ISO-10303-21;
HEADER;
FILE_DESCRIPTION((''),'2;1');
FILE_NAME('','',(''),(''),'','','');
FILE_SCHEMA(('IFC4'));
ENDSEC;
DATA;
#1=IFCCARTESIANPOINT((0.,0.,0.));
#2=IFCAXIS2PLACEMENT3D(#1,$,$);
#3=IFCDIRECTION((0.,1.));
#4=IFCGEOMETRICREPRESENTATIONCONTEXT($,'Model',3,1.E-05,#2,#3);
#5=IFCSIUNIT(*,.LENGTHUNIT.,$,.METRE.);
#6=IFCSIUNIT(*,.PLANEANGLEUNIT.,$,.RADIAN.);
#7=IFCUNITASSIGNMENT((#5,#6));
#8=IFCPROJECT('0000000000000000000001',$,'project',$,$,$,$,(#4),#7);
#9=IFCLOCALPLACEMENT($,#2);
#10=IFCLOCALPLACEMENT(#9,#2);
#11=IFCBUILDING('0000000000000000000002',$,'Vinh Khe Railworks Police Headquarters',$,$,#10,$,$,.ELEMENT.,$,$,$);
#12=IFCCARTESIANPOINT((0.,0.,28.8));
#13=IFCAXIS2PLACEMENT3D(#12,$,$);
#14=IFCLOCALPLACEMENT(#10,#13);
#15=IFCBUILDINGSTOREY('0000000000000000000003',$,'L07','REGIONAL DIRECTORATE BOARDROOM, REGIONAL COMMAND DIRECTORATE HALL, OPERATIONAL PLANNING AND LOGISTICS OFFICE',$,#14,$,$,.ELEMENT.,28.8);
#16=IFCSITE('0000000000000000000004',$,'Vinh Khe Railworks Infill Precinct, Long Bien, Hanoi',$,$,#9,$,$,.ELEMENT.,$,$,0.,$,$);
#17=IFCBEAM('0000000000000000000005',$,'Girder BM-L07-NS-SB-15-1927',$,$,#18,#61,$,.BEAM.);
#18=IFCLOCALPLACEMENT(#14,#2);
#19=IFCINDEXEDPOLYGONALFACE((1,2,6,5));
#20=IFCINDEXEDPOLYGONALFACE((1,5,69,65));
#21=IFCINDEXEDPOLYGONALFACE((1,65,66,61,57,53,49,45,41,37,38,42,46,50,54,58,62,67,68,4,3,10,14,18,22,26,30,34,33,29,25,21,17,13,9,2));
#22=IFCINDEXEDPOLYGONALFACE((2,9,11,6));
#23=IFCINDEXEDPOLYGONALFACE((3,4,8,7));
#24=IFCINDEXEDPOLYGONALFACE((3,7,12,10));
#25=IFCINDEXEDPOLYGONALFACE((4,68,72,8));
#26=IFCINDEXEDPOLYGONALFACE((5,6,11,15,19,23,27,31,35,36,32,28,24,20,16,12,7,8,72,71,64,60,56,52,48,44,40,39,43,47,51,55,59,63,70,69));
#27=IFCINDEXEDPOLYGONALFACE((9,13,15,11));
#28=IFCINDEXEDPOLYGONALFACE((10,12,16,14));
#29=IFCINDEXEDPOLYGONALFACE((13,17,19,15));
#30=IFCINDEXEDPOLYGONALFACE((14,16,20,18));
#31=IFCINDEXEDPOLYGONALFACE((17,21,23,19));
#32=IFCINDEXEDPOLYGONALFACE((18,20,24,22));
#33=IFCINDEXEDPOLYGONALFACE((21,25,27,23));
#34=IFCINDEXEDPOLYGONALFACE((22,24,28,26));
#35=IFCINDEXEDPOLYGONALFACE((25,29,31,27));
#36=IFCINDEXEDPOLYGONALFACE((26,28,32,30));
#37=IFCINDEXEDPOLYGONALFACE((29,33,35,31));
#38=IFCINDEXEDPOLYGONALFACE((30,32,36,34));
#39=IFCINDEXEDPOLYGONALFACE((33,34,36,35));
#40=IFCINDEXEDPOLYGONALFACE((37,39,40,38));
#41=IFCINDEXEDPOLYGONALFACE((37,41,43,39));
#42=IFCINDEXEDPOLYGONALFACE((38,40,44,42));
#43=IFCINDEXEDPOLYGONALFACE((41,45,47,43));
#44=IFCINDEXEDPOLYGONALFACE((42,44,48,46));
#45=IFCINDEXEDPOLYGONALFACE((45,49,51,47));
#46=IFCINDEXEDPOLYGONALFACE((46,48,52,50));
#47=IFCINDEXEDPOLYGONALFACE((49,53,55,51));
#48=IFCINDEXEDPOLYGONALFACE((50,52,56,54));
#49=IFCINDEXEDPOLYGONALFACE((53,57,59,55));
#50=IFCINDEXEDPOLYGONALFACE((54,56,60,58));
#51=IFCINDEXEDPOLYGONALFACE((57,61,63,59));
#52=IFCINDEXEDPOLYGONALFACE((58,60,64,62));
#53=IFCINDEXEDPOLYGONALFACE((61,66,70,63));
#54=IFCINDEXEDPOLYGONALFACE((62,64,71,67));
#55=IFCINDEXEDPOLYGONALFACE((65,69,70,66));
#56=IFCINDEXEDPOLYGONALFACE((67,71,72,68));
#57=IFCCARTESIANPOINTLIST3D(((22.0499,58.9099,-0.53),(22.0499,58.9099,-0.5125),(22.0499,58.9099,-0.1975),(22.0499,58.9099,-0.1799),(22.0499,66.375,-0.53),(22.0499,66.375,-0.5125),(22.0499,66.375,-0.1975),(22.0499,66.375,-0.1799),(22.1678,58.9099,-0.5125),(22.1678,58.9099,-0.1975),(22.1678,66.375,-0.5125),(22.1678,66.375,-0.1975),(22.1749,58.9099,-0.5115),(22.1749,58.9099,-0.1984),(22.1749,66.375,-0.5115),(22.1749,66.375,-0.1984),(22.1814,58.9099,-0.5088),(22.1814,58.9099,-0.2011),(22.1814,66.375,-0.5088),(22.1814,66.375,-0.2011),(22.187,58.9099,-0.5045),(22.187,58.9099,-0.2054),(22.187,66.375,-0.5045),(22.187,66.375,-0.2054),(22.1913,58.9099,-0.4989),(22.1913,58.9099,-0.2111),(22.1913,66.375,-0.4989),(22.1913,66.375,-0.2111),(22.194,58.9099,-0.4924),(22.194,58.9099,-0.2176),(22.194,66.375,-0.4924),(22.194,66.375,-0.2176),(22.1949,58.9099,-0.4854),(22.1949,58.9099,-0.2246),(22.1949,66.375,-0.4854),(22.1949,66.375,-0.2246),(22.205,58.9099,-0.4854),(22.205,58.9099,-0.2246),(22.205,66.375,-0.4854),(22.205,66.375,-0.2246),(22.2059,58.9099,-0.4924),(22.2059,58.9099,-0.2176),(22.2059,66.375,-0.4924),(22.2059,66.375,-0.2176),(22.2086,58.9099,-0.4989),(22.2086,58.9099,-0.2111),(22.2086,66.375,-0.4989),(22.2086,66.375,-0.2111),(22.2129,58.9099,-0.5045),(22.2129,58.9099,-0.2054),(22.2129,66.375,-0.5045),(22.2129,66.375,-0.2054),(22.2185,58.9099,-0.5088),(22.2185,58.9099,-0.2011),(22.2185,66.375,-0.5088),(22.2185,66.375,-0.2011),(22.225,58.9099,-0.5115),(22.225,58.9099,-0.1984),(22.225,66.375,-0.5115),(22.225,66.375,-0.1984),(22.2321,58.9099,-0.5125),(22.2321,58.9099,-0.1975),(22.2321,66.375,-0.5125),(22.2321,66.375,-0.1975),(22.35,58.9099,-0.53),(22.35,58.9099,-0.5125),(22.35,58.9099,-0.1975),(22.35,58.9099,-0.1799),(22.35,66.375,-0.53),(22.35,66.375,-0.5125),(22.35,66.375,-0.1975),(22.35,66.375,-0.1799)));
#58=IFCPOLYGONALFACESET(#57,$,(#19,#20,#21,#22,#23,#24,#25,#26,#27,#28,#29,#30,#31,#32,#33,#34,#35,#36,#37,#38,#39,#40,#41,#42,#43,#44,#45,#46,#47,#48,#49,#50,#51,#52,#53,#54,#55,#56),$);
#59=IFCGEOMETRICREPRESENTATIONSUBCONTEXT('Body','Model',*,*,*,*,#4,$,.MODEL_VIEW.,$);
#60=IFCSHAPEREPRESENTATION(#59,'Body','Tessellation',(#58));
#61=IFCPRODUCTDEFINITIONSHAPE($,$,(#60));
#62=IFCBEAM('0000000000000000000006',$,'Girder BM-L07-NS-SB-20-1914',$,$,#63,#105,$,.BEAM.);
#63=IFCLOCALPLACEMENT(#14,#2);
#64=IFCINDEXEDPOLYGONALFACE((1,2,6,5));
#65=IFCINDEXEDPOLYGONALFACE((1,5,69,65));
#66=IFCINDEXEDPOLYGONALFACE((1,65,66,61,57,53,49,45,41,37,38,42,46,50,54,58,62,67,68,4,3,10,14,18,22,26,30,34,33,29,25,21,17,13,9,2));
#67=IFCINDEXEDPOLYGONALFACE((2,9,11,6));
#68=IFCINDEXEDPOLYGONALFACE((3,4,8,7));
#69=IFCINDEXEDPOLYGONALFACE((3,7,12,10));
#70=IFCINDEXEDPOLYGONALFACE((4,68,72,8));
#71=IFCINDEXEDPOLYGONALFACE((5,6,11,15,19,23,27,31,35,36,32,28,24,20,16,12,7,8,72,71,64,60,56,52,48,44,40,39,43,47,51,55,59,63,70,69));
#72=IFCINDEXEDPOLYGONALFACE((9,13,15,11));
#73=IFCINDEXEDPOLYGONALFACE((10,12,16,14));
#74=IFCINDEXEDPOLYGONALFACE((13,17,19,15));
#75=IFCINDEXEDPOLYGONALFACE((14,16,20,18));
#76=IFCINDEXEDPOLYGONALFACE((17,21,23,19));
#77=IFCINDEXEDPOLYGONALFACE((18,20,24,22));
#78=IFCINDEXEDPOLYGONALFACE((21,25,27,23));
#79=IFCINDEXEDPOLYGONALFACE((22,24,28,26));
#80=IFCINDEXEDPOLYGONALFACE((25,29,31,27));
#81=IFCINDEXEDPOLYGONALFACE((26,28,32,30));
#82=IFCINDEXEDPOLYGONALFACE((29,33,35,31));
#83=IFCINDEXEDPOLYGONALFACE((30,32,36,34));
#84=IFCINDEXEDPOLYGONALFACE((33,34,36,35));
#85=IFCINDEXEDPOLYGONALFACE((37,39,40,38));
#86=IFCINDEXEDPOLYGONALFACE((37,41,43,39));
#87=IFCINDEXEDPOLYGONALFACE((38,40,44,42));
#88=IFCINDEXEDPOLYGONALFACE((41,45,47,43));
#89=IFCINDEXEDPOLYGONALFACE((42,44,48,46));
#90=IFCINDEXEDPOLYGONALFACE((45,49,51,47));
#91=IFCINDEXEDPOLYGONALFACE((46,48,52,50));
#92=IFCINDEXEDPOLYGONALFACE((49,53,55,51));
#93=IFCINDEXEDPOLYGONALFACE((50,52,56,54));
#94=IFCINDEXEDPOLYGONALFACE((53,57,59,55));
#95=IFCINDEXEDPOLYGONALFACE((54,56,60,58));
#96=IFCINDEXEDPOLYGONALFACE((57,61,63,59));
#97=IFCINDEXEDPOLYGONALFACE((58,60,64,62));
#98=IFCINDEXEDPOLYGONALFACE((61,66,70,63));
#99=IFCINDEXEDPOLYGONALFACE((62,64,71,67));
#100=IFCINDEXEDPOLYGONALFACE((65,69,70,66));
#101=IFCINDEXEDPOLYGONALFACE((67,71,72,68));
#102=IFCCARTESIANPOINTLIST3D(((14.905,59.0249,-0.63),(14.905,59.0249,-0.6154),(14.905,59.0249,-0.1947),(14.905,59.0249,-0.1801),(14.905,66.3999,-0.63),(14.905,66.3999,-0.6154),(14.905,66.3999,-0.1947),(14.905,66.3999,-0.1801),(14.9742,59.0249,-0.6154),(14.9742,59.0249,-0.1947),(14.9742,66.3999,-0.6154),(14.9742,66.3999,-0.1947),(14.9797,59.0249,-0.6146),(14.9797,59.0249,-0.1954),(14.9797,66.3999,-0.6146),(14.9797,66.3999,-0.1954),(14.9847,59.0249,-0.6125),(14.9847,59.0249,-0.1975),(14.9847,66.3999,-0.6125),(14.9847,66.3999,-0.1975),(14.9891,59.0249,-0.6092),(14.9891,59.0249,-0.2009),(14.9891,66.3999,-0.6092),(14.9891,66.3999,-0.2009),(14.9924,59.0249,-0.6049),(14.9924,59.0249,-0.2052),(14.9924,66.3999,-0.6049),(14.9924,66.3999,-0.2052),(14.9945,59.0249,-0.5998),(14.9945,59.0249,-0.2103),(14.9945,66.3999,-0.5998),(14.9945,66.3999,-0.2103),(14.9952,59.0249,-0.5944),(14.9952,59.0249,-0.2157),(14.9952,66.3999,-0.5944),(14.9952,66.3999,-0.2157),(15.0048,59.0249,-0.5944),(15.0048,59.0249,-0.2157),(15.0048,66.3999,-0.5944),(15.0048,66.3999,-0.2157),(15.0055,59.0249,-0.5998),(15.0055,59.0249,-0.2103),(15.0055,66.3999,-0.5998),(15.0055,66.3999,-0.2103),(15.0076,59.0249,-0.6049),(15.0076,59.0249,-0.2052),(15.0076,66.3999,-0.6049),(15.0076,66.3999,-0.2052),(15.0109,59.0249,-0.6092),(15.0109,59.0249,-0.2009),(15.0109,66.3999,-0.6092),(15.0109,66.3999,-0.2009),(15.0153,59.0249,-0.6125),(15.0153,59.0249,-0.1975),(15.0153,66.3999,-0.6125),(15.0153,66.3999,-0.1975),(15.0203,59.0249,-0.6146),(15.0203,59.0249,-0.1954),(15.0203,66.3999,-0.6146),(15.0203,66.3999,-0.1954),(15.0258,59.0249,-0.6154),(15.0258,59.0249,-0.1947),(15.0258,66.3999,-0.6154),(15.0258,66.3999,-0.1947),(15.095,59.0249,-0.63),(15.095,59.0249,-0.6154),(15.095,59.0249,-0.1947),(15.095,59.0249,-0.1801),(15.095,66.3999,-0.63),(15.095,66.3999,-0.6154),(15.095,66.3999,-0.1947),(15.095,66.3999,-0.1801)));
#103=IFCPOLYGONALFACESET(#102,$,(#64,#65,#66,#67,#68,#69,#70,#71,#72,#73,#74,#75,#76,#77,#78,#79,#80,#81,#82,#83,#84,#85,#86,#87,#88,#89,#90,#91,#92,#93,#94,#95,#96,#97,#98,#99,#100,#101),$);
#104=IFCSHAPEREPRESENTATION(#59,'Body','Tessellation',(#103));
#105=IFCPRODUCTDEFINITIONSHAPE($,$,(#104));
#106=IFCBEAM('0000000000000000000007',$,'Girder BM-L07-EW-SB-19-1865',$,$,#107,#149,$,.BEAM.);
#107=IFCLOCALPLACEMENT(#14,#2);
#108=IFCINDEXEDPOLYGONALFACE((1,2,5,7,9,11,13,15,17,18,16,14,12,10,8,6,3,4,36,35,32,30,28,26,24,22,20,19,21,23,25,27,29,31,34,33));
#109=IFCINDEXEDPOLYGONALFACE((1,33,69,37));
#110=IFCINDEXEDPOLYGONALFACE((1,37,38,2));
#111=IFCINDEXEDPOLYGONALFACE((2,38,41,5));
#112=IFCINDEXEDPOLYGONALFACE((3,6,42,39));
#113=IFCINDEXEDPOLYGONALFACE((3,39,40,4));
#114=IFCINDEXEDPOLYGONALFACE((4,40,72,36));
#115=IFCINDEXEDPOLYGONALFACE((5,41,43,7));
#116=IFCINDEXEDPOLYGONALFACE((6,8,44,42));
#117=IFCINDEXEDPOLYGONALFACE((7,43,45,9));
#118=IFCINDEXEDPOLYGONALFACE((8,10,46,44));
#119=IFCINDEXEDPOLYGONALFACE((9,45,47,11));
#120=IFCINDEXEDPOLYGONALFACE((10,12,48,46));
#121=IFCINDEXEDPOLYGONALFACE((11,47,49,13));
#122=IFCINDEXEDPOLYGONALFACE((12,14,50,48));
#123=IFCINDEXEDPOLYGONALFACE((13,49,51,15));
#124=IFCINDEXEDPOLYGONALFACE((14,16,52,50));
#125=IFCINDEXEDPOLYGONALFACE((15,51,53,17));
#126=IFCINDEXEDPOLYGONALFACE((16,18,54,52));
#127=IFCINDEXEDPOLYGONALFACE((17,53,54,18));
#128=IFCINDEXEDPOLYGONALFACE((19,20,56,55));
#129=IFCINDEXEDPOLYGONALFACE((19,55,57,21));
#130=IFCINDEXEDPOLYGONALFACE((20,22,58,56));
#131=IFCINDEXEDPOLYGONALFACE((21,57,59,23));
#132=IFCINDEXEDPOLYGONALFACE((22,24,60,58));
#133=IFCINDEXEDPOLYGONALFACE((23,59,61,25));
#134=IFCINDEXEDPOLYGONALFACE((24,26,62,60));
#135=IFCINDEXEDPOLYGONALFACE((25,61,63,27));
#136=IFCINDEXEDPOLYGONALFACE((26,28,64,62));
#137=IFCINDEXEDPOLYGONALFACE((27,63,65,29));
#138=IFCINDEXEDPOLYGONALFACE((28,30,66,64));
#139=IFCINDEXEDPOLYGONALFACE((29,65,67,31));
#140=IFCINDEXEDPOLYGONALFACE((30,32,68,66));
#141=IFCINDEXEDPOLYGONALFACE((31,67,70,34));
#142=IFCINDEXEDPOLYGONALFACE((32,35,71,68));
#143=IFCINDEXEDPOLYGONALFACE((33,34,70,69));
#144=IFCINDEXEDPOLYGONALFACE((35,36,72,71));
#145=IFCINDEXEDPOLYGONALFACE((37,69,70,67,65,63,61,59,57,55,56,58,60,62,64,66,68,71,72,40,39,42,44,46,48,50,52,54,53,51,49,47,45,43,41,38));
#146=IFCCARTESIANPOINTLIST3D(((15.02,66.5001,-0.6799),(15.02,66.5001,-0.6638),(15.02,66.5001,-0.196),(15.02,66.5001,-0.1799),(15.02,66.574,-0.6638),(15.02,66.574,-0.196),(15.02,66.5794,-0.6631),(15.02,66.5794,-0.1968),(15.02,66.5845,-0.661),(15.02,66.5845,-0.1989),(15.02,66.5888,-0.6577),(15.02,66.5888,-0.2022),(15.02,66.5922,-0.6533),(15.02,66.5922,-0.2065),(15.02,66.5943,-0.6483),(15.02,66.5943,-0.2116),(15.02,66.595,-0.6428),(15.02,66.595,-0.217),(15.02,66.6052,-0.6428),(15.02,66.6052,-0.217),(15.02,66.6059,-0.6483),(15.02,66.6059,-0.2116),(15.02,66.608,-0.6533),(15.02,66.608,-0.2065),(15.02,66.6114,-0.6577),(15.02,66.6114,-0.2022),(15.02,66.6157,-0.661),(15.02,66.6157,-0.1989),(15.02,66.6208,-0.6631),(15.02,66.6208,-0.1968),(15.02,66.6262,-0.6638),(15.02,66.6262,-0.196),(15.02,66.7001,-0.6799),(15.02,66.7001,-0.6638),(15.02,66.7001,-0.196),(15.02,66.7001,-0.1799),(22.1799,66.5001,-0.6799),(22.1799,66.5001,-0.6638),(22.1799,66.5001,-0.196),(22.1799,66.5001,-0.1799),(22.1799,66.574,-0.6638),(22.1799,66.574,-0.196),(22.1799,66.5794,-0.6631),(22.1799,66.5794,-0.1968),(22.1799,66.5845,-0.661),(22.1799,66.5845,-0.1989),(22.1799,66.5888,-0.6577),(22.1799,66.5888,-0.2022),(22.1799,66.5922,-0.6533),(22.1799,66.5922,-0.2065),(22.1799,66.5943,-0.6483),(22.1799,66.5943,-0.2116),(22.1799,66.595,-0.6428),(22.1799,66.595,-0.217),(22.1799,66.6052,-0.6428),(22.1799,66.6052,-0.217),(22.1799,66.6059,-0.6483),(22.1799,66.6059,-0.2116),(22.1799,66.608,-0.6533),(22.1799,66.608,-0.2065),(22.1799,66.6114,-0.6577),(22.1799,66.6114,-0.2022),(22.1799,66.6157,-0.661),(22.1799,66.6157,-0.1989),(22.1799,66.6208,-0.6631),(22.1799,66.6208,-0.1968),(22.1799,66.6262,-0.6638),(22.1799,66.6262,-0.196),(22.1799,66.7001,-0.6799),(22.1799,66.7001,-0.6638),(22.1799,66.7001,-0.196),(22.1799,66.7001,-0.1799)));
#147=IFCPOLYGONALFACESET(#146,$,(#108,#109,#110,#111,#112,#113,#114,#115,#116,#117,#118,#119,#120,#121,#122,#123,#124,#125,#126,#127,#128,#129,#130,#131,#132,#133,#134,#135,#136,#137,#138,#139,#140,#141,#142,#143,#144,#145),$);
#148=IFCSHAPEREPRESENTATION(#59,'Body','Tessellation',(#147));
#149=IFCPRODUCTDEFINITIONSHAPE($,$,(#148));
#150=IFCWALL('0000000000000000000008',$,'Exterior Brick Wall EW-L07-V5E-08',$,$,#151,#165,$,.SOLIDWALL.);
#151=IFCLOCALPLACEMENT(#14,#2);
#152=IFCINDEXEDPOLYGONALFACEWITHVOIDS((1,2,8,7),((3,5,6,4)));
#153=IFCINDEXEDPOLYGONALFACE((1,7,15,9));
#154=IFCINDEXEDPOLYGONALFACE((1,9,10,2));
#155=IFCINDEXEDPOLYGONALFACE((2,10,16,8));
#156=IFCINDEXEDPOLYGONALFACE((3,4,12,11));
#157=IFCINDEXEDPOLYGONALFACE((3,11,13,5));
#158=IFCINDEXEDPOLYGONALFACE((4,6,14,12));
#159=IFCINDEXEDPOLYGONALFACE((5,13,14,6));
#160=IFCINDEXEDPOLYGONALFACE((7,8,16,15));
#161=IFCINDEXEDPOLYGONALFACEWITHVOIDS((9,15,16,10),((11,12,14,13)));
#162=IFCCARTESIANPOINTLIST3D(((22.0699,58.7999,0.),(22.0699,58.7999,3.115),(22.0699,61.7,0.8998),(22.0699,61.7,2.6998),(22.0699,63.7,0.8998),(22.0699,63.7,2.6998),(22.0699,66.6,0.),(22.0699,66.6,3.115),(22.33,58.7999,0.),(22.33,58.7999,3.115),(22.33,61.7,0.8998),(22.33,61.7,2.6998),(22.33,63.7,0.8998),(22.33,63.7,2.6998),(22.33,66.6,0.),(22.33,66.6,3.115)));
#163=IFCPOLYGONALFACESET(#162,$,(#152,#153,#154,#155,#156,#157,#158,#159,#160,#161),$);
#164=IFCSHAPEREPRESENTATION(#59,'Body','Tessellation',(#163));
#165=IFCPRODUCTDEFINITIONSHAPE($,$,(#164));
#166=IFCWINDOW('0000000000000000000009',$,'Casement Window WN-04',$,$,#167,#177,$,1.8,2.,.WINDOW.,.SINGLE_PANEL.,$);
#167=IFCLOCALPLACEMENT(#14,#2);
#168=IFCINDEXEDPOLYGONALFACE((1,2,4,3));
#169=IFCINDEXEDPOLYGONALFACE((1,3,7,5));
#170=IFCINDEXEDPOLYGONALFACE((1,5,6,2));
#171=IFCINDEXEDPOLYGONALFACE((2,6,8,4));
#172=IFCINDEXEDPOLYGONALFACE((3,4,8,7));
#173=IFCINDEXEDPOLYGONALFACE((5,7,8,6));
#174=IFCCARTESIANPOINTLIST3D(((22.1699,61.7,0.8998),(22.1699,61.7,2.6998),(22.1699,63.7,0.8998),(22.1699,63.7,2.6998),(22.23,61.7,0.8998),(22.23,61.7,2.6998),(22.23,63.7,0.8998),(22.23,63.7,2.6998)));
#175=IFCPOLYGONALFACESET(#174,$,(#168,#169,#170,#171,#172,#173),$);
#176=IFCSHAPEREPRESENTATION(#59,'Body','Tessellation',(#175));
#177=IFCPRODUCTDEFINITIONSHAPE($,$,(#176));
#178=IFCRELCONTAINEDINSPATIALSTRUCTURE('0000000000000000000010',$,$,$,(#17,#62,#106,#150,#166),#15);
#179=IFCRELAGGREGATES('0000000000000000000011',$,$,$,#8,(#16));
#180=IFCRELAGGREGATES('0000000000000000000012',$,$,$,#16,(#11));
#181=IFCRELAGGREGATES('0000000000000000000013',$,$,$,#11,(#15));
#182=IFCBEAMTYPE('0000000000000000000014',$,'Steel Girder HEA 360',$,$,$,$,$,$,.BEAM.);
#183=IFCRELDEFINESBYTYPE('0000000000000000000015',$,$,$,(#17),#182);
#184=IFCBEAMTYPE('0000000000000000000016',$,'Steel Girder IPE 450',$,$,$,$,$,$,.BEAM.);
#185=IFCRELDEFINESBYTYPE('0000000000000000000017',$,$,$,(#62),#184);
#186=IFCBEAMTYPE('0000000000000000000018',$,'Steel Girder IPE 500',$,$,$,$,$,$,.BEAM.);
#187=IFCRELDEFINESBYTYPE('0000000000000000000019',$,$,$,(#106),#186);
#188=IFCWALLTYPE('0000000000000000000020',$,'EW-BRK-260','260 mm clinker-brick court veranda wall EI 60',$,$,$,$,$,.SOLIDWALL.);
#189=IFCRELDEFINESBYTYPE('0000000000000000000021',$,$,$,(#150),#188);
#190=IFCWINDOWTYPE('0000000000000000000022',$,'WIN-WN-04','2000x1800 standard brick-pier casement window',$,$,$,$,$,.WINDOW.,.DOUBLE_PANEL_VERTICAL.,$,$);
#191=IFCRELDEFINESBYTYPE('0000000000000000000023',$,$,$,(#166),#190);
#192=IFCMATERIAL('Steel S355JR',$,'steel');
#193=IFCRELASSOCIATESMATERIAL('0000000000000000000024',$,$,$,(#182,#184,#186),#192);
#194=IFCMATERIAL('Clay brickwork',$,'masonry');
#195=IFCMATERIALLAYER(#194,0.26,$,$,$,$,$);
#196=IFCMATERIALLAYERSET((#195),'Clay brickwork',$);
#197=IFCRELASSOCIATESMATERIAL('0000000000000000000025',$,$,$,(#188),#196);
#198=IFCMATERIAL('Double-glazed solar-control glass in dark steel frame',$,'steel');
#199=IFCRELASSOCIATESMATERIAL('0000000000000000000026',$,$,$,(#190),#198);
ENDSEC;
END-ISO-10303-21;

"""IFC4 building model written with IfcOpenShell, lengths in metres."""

from ifc_helpers import new_model, si_unit, direction, frame, frame_2d, origin, origin_2d, place, context, subcontext, project, spatial, rectangle, i_section, extrude, material, layer, layer_set, material_profile, profile_set, type_object, element, fill, save


model = new_model("IFC4")

# Units and contexts
model_context = context("Model", 3, precision=1e-05, world=origin(), true_north=direction((0.0, 1.0)))
body_context = subcontext(model_context, "Body", "Model", "MODEL_VIEW")
ifc_project = project(units=[si_unit("LENGTHUNIT", "METRE"), si_unit("PLANEANGLEUNIT", "RADIAN")], contexts=[model_context])

# Site, building, storey
site_placement = place(None, origin())
site = spatial("IfcSite", under=ifc_project, at=site_placement, Name="Vinh Khe Railworks Infill Precinct, Long Bien, Hanoi", CompositionType="ELEMENT", RefElevation=0.0)
building_placement = place(site_placement, origin())
building = spatial("IfcBuilding", under=site, at=building_placement, Name="Vinh Khe Railworks Police Headquarters", CompositionType="ELEMENT")
storey_placement = place(building_placement, frame((0.0, 0.0, 28.8)))
storey = spatial("IfcBuildingStorey", under=building, at=storey_placement, Name="L07", Description="REGIONAL DIRECTORATE BOARDROOM, REGIONAL COMMAND DIRECTORATE HALL, OPERATIONAL PLANNING AND LOGISTICS OFFICE", CompositionType="ELEMENT", Elevation=28.8)

# Shared definitions
ifc_material_1 = material(Name="Steel S355JR", Category="steel")

# Beams
ifc_material_profile_1 = material_profile(ifc_material_1, i_section(OverallWidth=0.3, OverallDepth=0.3501, WebThickness=0.01, FlangeThickness=0.0176, FilletRadius=0.0271, at=origin_2d()), Name="HEA 360")
ifc_profile_set_1 = profile_set([ifc_material_profile_1], Name="Steel S355JR")
beam_type_1 = type_object("IfcBeamType", Name="Steel Girder HEA 360", PredefinedType="BEAM", material=ifc_profile_set_1)
beam_1_placement = place(storey_placement, frame((22.2, 58.9099, -0.355), z_axis=(0.0, 1.0, 0.0), x_axis=(-1.0, 0.0, 0.0)))
element("IfcBeam", 1, at=beam_1_placement, inside=storey, type_object=beam_type_1, Name="Girder BM-L07-NS-SB-15-1927", PredefinedType="BEAM", context=body_context, shape_type="SweptSolid", body=[
    extrude(i_section(OverallWidth=0.3, OverallDepth=0.3501, WebThickness=0.01, FlangeThickness=0.0176, FilletRadius=0.0271, at=origin_2d()), origin(), (0.0, 0.0, 1.0), 7.4651),
])
ifc_material_profile_2 = material_profile(ifc_material_1, i_section(OverallWidth=0.1899, OverallDepth=0.45, WebThickness=0.0095, FlangeThickness=0.0146, FilletRadius=0.021, at=origin_2d()), Name="IPE 450")
ifc_profile_set_2 = profile_set([ifc_material_profile_2], Name="Steel S355JR")
beam_type_2 = type_object("IfcBeamType", Name="Steel Girder IPE 450", PredefinedType="BEAM", material=ifc_profile_set_2)
beam_2_placement = place(storey_placement, frame((15.0, 59.0249, -0.405), z_axis=(0.0, 1.0, 0.0), x_axis=(-1.0, 0.0, 0.0)))
element("IfcBeam", 2, at=beam_2_placement, inside=storey, type_object=beam_type_2, Name="Girder BM-L07-NS-SB-20-1914", PredefinedType="BEAM", context=body_context, shape_type="SweptSolid", body=[
    extrude(i_section(OverallWidth=0.1899, OverallDepth=0.45, WebThickness=0.0095, FlangeThickness=0.0146, FilletRadius=0.021, at=origin_2d()), origin(), (0.0, 0.0, 1.0), 7.375),
])
ifc_material_profile_3 = material_profile(ifc_material_1, i_section(OverallWidth=0.2, OverallDepth=0.5, WebThickness=0.0103, FlangeThickness=0.0161, FilletRadius=0.021, at=origin_2d()), Name="IPE 500")
ifc_profile_set_3 = profile_set([ifc_material_profile_3], Name="Steel S355JR")
beam_type_3 = type_object("IfcBeamType", Name="Steel Girder IPE 500", PredefinedType="BEAM", material=ifc_profile_set_3)
beam_3_placement = place(storey_placement, frame((15.02, 66.6001, -0.4299), z_axis=(1.0, 0.0, 0.0), x_axis=(0.0, 1.0, 0.0)))
element("IfcBeam", 3, at=beam_3_placement, inside=storey, type_object=beam_type_3, Name="Girder BM-L07-EW-SB-19-1865", PredefinedType="BEAM", context=body_context, shape_type="SweptSolid", body=[
    extrude(i_section(OverallWidth=0.2, OverallDepth=0.5, WebThickness=0.0103, FlangeThickness=0.0161, FilletRadius=0.021, at=origin_2d()), origin(), (0.0, 0.0, 1.0), 7.1599),
])

# Wall, opening, window
ifc_material_2 = material(Name="Clay brickwork", Category="masonry")
ifc_layer_1 = layer(ifc_material_2, 0.26)
ifc_layer_set_1 = layer_set([ifc_layer_1], Name="Clay brickwork")
wall_type_1 = type_object("IfcWallType", Name="EW-BRK-260", Description="260 mm clinker-brick court veranda wall EI 60", PredefinedType="SOLIDWALL", material=ifc_layer_set_1)
wall_1_placement = place(storey_placement, frame((22.2, 58.8, 0.0), z_axis=(0.0, 0.0, 1.0), x_axis=(0.0, 1.0, 0.0)))
wall_1 = element("IfcWall", 4, at=wall_1_placement, inside=storey, type_object=wall_type_1, Name="Exterior Brick Wall EW-L07-V5E-08", PredefinedType="SOLIDWALL", context=body_context, shape_type="SweptSolid", body=[
    extrude(rectangle(XDim=7.8, YDim=0.26, at=frame_2d((3.8999, 0.0))), origin(), (0.0, 0.0, 1.0), 3.115),
])
opening_1_placement = place(wall_1_placement, frame((2.8999, 0.0, 0.8999)))
opening_1 = element("IfcOpeningElement", 5, at=opening_1_placement, cuts=wall_1, PredefinedType="OPENING", context=body_context, shape_type="SweptSolid", body=[
    extrude(rectangle(XDim=2.0, YDim=1.8, at=frame_2d((1.0, 0.8999))), frame((0.0, 0.145, 0.0), z_axis=(0.0, -1.0, 0.0), x_axis=(1.0, 0.0, 0.0)), (0.0, 0.0, 1.0), 0.2898),
])
ifc_material_3 = material(Name="Double-glazed solar-control glass in dark steel frame", Category="steel")
window_type_1 = type_object("IfcWindowType", Name="WIN-WN-04", Description="2000x1800 standard brick-pier casement window", PartitioningType="DOUBLE_PANEL_VERTICAL", PredefinedType="WINDOW", material=ifc_material_3)
window_1_placement = place(opening_1_placement, origin())
window_1 = element("IfcWindow", 6, at=window_1_placement, inside=storey, type_object=window_type_1, Name="Casement Window WN-04", OverallHeight=1.8, OverallWidth=2.0, PartitioningType="SINGLE_PANEL", PredefinedType="WINDOW", context=body_context, shape_type="SweptSolid", body=[
    extrude(rectangle(XDim=2.0, YDim=1.8, at=frame_2d((1.0, 0.8999))), frame((0.0, 0.03, 0.0), z_axis=(0.0, -1.0, 0.0), x_axis=(1.0, 0.0, 0.0)), (0.0, 0.0, 1.0), 0.0601),
])
fill(opening_1, window_1)

save(model, "model.ifc")
